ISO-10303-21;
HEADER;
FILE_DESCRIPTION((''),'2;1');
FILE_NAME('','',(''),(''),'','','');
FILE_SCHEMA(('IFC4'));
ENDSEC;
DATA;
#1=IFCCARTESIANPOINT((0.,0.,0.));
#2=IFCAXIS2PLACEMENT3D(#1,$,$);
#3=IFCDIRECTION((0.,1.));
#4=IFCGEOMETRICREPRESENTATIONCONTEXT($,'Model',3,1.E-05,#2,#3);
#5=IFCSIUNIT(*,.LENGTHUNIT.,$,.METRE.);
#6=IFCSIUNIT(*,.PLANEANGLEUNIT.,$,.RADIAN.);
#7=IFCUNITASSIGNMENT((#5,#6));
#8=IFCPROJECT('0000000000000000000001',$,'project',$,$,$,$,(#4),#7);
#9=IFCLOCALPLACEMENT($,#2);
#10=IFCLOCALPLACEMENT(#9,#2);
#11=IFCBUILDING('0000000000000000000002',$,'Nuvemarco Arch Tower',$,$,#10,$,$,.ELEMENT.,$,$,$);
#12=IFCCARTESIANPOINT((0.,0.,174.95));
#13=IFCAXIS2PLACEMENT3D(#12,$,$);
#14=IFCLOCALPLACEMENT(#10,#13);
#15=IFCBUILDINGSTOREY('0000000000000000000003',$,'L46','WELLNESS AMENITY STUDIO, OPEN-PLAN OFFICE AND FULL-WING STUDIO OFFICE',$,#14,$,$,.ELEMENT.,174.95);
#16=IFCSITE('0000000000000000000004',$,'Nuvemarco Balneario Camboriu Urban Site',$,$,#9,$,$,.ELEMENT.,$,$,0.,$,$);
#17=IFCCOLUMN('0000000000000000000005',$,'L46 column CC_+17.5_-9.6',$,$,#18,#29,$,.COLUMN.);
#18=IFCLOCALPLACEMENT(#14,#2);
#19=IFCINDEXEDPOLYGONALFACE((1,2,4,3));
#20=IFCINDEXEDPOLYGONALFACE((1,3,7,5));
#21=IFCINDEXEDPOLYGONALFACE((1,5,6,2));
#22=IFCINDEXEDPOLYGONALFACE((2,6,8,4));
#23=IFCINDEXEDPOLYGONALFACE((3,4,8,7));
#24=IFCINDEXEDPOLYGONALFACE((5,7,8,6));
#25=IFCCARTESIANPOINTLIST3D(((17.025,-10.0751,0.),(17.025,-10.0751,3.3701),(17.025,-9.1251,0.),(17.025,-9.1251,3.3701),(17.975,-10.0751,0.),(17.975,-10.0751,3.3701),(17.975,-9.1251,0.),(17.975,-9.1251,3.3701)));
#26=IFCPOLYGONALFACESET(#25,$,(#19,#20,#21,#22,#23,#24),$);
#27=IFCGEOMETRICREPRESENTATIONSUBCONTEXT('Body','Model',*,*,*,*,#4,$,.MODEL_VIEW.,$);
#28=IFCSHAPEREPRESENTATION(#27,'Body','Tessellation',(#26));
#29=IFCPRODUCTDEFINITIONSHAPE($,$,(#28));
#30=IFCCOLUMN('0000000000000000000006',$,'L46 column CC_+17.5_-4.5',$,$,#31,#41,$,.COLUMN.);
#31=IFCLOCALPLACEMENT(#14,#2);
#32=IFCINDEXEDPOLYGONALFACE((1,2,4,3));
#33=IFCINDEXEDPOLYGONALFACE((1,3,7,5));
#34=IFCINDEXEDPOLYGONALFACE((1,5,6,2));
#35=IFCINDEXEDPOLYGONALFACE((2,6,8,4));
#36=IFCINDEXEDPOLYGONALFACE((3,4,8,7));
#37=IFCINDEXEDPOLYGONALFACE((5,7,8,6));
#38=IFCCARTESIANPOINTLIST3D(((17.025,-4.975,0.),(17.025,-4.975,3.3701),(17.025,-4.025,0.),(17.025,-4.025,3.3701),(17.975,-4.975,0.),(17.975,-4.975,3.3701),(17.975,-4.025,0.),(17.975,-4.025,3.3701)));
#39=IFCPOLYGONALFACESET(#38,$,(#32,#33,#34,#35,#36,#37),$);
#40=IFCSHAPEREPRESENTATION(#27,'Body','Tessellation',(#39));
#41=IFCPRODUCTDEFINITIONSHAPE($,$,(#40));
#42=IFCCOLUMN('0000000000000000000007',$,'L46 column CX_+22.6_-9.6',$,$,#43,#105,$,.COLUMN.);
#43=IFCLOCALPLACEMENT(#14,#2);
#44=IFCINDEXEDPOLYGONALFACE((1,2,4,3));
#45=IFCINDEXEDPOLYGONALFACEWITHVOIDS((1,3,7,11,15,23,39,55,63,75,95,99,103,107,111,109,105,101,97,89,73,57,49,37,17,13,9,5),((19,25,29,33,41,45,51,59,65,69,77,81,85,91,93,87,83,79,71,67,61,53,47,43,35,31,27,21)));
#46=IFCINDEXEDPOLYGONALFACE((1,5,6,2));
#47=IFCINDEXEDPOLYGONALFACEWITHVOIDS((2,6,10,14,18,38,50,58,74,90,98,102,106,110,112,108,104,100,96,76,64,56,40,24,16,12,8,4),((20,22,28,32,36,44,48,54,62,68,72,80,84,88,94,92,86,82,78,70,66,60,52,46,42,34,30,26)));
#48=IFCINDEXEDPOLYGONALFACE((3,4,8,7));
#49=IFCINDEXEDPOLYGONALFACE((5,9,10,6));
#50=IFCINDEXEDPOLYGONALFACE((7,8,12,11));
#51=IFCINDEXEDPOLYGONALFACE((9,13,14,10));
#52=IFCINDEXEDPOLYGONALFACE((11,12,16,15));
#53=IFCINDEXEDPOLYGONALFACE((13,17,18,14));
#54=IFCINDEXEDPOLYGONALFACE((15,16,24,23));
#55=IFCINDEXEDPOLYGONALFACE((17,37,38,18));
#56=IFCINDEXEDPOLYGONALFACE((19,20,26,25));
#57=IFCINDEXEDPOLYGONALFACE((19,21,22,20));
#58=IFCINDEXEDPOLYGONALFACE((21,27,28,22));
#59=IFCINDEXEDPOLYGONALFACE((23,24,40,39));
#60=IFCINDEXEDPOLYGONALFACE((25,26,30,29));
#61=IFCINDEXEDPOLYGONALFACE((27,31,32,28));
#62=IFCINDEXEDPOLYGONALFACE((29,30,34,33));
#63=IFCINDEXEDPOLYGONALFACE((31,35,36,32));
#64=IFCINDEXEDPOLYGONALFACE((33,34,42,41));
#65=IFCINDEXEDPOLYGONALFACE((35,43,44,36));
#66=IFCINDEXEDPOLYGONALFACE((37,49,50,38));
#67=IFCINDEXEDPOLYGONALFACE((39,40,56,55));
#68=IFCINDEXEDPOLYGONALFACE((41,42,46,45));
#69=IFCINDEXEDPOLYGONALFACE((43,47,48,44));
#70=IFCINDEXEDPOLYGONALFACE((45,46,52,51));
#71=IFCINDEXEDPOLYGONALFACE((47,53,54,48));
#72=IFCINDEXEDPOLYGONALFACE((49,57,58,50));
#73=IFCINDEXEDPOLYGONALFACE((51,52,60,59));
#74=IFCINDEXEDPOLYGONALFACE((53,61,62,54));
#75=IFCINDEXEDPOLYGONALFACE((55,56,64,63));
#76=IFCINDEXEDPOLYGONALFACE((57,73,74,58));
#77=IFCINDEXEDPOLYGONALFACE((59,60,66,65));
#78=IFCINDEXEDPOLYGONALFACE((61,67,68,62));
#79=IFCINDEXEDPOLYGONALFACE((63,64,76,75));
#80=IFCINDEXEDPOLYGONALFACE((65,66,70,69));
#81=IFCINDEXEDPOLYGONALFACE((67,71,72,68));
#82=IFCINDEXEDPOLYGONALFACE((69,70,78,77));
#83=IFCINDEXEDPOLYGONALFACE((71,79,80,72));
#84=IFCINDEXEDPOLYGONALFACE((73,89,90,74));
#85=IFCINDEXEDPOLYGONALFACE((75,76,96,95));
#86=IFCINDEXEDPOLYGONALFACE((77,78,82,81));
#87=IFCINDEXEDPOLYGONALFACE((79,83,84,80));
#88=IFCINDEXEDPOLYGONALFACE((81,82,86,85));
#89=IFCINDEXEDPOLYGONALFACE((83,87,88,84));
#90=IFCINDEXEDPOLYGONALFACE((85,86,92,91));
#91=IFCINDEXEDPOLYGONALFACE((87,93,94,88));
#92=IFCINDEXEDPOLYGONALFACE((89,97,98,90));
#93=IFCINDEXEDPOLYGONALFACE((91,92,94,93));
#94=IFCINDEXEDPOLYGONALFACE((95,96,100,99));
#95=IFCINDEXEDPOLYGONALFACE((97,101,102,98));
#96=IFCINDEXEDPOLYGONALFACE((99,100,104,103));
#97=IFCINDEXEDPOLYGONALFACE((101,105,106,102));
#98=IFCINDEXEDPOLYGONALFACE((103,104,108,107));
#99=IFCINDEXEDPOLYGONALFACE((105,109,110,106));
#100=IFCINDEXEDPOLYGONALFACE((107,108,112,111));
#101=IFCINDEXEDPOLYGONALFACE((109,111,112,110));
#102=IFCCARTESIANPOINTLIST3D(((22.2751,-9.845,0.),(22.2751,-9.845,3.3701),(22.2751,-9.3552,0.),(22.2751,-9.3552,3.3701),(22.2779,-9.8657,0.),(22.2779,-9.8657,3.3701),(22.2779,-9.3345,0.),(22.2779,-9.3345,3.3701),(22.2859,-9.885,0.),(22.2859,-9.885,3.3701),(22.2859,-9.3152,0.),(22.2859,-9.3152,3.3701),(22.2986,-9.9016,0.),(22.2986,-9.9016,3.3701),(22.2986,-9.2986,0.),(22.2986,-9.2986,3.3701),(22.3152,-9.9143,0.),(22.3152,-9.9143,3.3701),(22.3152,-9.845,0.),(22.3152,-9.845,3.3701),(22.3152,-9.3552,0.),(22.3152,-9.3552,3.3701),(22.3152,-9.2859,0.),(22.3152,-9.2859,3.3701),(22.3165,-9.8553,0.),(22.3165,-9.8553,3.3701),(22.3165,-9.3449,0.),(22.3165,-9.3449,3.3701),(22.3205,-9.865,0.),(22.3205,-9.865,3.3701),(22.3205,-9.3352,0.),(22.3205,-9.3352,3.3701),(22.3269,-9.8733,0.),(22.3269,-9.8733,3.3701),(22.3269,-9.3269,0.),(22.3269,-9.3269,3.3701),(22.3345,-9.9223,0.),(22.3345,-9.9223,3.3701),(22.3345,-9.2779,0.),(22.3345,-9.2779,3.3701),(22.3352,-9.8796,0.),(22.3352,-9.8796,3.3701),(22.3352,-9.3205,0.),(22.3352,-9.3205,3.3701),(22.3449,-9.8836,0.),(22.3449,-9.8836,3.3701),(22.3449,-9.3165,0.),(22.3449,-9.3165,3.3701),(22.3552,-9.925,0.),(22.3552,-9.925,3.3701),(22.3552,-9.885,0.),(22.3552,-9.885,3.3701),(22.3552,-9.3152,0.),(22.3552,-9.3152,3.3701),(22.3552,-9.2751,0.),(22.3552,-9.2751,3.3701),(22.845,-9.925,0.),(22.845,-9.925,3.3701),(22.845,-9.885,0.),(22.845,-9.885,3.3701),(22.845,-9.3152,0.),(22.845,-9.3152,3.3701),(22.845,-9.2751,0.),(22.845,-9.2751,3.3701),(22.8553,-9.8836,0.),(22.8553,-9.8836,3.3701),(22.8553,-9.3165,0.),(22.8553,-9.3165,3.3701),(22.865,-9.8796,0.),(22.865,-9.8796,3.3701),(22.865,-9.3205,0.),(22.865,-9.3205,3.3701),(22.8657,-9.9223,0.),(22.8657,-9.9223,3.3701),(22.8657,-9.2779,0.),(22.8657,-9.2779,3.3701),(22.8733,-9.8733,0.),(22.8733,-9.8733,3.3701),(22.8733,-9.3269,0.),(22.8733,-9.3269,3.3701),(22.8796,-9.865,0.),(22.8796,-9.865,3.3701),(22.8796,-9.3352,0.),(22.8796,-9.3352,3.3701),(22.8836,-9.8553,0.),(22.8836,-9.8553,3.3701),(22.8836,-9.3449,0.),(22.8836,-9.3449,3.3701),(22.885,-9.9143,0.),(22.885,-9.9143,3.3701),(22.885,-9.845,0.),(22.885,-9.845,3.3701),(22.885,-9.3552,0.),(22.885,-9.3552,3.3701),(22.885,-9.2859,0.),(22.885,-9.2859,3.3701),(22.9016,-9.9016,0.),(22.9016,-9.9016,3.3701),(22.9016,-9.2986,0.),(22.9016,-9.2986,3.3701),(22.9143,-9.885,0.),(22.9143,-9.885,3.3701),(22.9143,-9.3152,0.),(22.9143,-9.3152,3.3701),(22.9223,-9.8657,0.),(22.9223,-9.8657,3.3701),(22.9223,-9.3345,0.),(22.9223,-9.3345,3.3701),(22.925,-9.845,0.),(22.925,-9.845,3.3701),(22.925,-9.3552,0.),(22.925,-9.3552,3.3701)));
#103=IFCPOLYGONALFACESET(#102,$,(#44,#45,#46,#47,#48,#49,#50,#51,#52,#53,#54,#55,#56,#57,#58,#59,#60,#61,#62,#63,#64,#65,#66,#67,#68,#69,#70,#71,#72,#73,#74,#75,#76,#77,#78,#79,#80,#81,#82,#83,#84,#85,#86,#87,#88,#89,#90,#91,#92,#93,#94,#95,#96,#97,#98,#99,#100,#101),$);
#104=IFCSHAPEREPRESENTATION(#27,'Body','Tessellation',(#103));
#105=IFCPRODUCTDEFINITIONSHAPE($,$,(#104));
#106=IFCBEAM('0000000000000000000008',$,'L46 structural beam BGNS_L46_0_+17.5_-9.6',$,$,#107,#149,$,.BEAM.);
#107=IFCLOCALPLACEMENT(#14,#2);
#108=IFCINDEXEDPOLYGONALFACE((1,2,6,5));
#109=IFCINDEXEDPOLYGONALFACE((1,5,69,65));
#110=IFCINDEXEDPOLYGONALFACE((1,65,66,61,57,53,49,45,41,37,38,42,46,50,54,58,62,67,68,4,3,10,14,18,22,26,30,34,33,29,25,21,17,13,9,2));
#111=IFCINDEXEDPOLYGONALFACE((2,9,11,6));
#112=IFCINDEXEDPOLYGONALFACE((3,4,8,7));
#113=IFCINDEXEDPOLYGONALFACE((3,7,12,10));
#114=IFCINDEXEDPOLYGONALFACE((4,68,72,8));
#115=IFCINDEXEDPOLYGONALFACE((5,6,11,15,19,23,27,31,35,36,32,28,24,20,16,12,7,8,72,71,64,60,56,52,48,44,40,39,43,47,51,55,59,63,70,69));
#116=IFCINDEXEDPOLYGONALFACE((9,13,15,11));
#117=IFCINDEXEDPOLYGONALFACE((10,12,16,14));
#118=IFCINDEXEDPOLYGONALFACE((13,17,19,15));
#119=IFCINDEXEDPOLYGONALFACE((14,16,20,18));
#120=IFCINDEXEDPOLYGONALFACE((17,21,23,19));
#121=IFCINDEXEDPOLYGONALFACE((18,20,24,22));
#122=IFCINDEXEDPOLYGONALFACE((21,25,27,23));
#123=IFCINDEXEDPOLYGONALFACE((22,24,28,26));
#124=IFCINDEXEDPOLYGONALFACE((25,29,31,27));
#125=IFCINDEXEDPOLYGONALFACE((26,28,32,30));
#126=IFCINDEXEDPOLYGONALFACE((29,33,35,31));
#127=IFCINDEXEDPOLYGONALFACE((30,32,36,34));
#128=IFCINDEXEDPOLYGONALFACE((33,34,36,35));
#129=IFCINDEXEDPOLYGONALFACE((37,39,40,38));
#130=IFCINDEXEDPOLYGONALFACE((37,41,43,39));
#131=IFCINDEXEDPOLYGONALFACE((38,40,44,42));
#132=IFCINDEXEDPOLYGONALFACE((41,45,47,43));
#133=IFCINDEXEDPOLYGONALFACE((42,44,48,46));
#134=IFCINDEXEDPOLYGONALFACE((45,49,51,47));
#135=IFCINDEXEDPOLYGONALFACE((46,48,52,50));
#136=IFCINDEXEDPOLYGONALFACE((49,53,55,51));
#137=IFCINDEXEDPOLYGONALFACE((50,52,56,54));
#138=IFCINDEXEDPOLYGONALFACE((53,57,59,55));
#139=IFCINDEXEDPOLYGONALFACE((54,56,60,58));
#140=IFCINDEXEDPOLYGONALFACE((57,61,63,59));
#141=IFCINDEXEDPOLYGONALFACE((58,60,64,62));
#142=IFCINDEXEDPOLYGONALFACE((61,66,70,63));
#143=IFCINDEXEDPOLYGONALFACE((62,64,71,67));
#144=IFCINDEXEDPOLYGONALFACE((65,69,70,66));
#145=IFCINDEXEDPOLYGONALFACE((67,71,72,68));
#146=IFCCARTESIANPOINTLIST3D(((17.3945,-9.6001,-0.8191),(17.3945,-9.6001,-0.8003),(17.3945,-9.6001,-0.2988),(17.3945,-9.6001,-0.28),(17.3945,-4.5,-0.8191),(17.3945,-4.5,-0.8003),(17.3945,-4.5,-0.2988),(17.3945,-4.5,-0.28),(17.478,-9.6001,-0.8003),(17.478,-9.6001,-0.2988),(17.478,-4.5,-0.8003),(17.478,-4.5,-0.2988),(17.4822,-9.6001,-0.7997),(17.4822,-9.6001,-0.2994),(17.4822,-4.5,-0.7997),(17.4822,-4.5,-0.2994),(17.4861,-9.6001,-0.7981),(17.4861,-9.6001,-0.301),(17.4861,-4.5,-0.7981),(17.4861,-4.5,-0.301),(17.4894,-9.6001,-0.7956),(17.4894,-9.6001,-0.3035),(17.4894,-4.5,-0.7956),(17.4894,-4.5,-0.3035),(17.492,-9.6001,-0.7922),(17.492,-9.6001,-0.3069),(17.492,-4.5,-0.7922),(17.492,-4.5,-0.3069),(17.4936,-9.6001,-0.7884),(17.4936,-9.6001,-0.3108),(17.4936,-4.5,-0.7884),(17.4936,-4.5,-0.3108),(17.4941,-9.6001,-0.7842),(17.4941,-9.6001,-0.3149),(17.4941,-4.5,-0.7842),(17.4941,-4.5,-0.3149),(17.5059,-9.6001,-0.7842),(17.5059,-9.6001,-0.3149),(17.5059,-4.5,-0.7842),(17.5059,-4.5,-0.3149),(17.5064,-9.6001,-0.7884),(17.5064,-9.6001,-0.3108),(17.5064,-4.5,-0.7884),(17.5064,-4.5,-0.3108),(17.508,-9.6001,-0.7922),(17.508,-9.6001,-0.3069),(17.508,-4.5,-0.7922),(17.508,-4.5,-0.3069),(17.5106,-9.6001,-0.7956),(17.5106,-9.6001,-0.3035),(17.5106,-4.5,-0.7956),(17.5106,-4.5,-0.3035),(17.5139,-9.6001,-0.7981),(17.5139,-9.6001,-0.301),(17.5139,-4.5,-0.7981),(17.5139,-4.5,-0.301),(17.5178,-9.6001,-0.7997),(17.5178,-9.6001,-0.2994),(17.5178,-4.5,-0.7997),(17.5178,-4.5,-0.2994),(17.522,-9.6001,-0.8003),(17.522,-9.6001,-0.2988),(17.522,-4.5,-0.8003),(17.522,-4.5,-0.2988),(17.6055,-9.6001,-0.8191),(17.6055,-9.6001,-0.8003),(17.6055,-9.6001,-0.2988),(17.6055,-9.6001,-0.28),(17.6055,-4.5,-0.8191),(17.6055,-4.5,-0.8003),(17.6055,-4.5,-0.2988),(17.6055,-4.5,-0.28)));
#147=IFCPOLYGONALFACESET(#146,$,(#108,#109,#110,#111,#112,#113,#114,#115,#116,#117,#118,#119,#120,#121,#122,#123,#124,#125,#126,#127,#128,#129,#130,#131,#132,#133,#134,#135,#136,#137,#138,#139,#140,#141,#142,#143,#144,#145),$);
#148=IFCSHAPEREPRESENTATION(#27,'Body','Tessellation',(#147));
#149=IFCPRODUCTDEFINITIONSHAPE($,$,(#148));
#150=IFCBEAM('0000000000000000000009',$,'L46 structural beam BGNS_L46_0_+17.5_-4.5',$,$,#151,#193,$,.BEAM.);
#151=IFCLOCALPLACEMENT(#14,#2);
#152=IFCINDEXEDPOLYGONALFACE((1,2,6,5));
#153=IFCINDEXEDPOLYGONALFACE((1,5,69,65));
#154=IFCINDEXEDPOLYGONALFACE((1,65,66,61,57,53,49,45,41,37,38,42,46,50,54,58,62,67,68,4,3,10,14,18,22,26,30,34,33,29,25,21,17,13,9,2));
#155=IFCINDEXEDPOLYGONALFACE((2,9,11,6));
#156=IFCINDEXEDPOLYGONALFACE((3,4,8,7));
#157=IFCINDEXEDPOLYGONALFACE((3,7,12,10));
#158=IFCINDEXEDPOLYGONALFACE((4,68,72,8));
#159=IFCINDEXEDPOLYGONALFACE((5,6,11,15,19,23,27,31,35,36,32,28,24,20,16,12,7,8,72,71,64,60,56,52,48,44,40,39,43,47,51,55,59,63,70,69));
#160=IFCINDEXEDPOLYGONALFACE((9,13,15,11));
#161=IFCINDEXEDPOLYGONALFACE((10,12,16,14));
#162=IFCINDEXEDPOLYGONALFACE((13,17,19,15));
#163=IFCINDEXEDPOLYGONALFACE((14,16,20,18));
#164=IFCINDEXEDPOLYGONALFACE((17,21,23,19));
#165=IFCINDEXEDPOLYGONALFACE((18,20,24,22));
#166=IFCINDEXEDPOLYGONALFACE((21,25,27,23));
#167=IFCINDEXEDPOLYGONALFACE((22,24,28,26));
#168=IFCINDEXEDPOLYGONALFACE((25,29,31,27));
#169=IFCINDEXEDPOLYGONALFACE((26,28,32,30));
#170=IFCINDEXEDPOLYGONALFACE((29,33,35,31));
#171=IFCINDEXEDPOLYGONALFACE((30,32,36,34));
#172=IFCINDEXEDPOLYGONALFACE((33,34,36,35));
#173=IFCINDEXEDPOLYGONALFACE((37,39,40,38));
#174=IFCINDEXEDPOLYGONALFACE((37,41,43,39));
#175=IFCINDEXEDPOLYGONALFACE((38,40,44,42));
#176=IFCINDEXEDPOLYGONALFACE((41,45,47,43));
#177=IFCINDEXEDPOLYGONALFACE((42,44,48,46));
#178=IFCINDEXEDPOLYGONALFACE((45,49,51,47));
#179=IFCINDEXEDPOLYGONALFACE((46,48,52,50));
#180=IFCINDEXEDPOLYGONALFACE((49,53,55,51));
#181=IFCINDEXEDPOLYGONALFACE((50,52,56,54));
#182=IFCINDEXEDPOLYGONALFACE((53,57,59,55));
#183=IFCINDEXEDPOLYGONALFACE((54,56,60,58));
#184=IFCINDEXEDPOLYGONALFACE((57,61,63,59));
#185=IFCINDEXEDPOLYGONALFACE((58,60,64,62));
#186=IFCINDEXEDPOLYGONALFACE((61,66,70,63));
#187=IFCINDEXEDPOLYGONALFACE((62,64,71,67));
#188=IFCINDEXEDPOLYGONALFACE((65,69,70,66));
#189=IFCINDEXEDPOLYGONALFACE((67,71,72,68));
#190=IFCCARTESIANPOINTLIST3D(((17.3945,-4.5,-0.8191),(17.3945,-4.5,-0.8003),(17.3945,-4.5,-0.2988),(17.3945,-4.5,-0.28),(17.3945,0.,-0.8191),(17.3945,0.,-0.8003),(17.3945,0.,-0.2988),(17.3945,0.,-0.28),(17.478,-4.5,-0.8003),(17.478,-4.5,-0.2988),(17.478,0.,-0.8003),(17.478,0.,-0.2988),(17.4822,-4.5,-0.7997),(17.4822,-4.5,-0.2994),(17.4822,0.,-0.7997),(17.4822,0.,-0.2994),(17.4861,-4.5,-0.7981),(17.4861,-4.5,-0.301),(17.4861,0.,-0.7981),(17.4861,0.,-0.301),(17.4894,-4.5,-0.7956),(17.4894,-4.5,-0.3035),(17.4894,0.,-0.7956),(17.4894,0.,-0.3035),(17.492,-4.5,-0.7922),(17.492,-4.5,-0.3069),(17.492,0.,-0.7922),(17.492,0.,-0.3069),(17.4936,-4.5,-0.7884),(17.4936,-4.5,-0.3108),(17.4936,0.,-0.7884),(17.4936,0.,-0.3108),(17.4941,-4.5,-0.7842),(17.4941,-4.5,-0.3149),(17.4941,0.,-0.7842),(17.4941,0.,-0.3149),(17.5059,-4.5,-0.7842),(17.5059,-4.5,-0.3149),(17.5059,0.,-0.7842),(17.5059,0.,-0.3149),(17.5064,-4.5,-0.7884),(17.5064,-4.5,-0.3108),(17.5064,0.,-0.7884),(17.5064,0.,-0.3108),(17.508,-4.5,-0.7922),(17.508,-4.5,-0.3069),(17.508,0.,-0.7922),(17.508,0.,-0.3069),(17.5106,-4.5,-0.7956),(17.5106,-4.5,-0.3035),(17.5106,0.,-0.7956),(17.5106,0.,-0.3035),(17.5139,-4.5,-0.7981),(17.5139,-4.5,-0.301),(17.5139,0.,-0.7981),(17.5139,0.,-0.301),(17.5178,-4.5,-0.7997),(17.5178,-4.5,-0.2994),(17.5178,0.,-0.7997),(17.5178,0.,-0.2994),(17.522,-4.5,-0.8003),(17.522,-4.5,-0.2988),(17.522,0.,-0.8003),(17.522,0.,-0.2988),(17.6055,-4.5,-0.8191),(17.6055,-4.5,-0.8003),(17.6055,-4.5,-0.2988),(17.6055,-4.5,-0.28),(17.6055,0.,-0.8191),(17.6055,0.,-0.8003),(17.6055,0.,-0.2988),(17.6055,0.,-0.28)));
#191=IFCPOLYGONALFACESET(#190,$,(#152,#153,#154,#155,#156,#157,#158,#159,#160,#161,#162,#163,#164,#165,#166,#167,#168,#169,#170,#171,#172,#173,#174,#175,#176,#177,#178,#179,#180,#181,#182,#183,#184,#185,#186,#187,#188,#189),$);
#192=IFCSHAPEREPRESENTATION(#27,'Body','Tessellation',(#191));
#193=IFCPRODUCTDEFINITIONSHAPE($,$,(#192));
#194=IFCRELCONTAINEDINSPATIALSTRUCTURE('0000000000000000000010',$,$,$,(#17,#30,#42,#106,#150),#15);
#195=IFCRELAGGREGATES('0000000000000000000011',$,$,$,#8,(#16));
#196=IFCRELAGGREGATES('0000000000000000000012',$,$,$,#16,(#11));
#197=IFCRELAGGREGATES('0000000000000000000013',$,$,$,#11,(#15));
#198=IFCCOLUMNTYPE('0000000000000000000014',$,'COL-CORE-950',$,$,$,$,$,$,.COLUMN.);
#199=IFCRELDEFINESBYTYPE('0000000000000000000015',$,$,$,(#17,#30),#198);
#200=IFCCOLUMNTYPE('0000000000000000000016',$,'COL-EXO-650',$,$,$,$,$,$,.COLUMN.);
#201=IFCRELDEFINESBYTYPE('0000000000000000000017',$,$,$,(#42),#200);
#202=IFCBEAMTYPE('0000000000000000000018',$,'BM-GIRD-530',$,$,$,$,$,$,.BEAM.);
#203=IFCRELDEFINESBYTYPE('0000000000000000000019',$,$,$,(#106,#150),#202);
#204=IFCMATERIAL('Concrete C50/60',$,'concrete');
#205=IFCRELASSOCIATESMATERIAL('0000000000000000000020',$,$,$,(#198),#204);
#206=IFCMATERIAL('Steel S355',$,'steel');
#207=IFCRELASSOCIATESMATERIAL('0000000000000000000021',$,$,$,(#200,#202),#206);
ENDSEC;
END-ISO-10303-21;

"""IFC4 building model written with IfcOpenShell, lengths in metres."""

from ifc_helpers import new_model, si_unit, direction, frame, origin, origin_2d, place, context, subcontext, project, spatial, rectangle, hollow_rectangle, i_section, extrude, material, material_profile, profile_set, type_object, element, save


model = new_model("IFC4")

# Units and contexts
model_context = context("Model", 3, precision=1e-05, world=origin(), true_north=direction((0.0, 1.0)))
body_context = subcontext(model_context, "Body", "Model", "MODEL_VIEW")
ifc_project = project(units=[si_unit("LENGTHUNIT", "METRE"), si_unit("PLANEANGLEUNIT", "RADIAN")], contexts=[model_context])

# Site, building, storey
site_placement = place(None, origin())
site = spatial("IfcSite", under=ifc_project, at=site_placement, Name="Nuvemarco Balneario Camboriu Urban Site", CompositionType="ELEMENT", RefElevation=0.0)
building_placement = place(site_placement, origin())
building = spatial("IfcBuilding", under=site, at=building_placement, Name="Nuvemarco Arch Tower", CompositionType="ELEMENT")
storey_placement = place(building_placement, frame((0.0, 0.0, 174.95)))
storey = spatial("IfcBuildingStorey", under=building, at=storey_placement, Name="L46", Description="WELLNESS AMENITY STUDIO, OPEN-PLAN OFFICE AND FULL-WING STUDIO OFFICE", CompositionType="ELEMENT", Elevation=174.95)

# Columns
ifc_material_1 = material(Name="Concrete C50/60", Category="concrete")
ifc_material_profile_1 = material_profile(ifc_material_1, rectangle(XDim=0.95, YDim=0.95, at=origin_2d()), Name="RC-COL-950x950")
ifc_profile_set_1 = profile_set([ifc_material_profile_1], Name="Concrete C50/60")
column_type_1 = type_object("IfcColumnType", Name="COL-CORE-950", PredefinedType="COLUMN", material=ifc_profile_set_1)
for number, where, z_axis, x_axis, name in (
    (1, (17.5, -9.6001, 0.0), (0.0, 0.0, 1.0), (1.0, 0.0, 0.0), "L46 column CC_+17.5_-9.6"),
    (2, (17.5, -4.5, 0.0), (0.0, 0.0, 1.0), (1.0, 0.0, 0.0), "L46 column CC_+17.5_-4.5"),
):
    element("IfcColumn", number, at=place(storey_placement, frame(where, z_axis=z_axis, x_axis=x_axis)), inside=storey, type_object=column_type_1, Name=name, PredefinedType="COLUMN", context=body_context, shape_type="SweptSolid", body=[
        extrude(rectangle(XDim=0.95, YDim=0.95, at=origin_2d()), origin(), (0.0, 0.0, 1.0), 3.3701),
    ])
ifc_material_2 = material(Name="Steel S355", Category="steel")
ifc_material_profile_2 = material_profile(ifc_material_2, hollow_rectangle(XDim=0.6499, YDim=0.6499, WallThickness=0.04, InnerFilletRadius=0.04, OuterFilletRadius=0.0801, at=origin_2d()), Name="SHS650x650x40")
ifc_profile_set_2 = profile_set([ifc_material_profile_2], Name="Steel S355")
column_type_2 = type_object("IfcColumnType", Name="COL-EXO-650", PredefinedType="COLUMN", material=ifc_profile_set_2)
column_placement = place(storey_placement, frame((22.6001, -9.6001, 0.0), z_axis=(0.0, 0.0, 1.0), x_axis=(1.0, 0.0, 0.0)))
element("IfcColumn", 3, at=column_placement, inside=storey, type_object=column_type_2, Name="L46 column CX_+22.6_-9.6", PredefinedType="COLUMN", context=body_context, shape_type="SweptSolid", body=[
    extrude(hollow_rectangle(XDim=0.6499, YDim=0.6499, WallThickness=0.04, InnerFilletRadius=0.04, OuterFilletRadius=0.0801, at=origin_2d()), origin(), (0.0, 0.0, 1.0), 3.3701),
])

# Beams
ifc_material_profile_3 = material_profile(ifc_material_2, i_section(OverallWidth=0.2109, OverallDepth=0.5391, WebThickness=0.0117, FlangeThickness=0.0188, FilletRadius=0.0161, at=origin_2d()), Name="W530x109")
ifc_profile_set_3 = profile_set([ifc_material_profile_3], Name="Steel S355")
beam_type_1 = type_object("IfcBeamType", Name="BM-GIRD-530", PredefinedType="BEAM", material=ifc_profile_set_3)
beam_1_placement = place(storey_placement, frame((17.5, -9.6001, -0.5496), z_axis=(0.0, 1.0, 0.0), x_axis=(-1.0, 0.0, 0.0)))
element("IfcBeam", 4, at=beam_1_placement, inside=storey, type_object=beam_type_1, Name="L46 structural beam BGNS_L46_0_+17.5_-9.6", PredefinedType="BEAM", context=body_context, shape_type="SweptSolid", body=[
    extrude(i_section(OverallWidth=0.2109, OverallDepth=0.5391, WebThickness=0.0117, FlangeThickness=0.0188, FilletRadius=0.0161, at=origin_2d()), origin(), (0.0, 0.0, 1.0), 5.1001),
])
beam_2_placement = place(storey_placement, frame((17.5, -4.5, -0.5496), z_axis=(0.0, 1.0, 0.0), x_axis=(-1.0, 0.0, 0.0)))
element("IfcBeam", 5, at=beam_2_placement, inside=storey, type_object=beam_type_1, Name="L46 structural beam BGNS_L46_0_+17.5_-4.5", PredefinedType="BEAM", context=body_context, shape_type="SweptSolid", body=[
    extrude(i_section(OverallWidth=0.2109, OverallDepth=0.5391, WebThickness=0.0117, FlangeThickness=0.0188, FilletRadius=0.0161, at=origin_2d()), origin(), (0.0, 0.0, 1.0), 4.5),
])

save(model, "model.ifc")
